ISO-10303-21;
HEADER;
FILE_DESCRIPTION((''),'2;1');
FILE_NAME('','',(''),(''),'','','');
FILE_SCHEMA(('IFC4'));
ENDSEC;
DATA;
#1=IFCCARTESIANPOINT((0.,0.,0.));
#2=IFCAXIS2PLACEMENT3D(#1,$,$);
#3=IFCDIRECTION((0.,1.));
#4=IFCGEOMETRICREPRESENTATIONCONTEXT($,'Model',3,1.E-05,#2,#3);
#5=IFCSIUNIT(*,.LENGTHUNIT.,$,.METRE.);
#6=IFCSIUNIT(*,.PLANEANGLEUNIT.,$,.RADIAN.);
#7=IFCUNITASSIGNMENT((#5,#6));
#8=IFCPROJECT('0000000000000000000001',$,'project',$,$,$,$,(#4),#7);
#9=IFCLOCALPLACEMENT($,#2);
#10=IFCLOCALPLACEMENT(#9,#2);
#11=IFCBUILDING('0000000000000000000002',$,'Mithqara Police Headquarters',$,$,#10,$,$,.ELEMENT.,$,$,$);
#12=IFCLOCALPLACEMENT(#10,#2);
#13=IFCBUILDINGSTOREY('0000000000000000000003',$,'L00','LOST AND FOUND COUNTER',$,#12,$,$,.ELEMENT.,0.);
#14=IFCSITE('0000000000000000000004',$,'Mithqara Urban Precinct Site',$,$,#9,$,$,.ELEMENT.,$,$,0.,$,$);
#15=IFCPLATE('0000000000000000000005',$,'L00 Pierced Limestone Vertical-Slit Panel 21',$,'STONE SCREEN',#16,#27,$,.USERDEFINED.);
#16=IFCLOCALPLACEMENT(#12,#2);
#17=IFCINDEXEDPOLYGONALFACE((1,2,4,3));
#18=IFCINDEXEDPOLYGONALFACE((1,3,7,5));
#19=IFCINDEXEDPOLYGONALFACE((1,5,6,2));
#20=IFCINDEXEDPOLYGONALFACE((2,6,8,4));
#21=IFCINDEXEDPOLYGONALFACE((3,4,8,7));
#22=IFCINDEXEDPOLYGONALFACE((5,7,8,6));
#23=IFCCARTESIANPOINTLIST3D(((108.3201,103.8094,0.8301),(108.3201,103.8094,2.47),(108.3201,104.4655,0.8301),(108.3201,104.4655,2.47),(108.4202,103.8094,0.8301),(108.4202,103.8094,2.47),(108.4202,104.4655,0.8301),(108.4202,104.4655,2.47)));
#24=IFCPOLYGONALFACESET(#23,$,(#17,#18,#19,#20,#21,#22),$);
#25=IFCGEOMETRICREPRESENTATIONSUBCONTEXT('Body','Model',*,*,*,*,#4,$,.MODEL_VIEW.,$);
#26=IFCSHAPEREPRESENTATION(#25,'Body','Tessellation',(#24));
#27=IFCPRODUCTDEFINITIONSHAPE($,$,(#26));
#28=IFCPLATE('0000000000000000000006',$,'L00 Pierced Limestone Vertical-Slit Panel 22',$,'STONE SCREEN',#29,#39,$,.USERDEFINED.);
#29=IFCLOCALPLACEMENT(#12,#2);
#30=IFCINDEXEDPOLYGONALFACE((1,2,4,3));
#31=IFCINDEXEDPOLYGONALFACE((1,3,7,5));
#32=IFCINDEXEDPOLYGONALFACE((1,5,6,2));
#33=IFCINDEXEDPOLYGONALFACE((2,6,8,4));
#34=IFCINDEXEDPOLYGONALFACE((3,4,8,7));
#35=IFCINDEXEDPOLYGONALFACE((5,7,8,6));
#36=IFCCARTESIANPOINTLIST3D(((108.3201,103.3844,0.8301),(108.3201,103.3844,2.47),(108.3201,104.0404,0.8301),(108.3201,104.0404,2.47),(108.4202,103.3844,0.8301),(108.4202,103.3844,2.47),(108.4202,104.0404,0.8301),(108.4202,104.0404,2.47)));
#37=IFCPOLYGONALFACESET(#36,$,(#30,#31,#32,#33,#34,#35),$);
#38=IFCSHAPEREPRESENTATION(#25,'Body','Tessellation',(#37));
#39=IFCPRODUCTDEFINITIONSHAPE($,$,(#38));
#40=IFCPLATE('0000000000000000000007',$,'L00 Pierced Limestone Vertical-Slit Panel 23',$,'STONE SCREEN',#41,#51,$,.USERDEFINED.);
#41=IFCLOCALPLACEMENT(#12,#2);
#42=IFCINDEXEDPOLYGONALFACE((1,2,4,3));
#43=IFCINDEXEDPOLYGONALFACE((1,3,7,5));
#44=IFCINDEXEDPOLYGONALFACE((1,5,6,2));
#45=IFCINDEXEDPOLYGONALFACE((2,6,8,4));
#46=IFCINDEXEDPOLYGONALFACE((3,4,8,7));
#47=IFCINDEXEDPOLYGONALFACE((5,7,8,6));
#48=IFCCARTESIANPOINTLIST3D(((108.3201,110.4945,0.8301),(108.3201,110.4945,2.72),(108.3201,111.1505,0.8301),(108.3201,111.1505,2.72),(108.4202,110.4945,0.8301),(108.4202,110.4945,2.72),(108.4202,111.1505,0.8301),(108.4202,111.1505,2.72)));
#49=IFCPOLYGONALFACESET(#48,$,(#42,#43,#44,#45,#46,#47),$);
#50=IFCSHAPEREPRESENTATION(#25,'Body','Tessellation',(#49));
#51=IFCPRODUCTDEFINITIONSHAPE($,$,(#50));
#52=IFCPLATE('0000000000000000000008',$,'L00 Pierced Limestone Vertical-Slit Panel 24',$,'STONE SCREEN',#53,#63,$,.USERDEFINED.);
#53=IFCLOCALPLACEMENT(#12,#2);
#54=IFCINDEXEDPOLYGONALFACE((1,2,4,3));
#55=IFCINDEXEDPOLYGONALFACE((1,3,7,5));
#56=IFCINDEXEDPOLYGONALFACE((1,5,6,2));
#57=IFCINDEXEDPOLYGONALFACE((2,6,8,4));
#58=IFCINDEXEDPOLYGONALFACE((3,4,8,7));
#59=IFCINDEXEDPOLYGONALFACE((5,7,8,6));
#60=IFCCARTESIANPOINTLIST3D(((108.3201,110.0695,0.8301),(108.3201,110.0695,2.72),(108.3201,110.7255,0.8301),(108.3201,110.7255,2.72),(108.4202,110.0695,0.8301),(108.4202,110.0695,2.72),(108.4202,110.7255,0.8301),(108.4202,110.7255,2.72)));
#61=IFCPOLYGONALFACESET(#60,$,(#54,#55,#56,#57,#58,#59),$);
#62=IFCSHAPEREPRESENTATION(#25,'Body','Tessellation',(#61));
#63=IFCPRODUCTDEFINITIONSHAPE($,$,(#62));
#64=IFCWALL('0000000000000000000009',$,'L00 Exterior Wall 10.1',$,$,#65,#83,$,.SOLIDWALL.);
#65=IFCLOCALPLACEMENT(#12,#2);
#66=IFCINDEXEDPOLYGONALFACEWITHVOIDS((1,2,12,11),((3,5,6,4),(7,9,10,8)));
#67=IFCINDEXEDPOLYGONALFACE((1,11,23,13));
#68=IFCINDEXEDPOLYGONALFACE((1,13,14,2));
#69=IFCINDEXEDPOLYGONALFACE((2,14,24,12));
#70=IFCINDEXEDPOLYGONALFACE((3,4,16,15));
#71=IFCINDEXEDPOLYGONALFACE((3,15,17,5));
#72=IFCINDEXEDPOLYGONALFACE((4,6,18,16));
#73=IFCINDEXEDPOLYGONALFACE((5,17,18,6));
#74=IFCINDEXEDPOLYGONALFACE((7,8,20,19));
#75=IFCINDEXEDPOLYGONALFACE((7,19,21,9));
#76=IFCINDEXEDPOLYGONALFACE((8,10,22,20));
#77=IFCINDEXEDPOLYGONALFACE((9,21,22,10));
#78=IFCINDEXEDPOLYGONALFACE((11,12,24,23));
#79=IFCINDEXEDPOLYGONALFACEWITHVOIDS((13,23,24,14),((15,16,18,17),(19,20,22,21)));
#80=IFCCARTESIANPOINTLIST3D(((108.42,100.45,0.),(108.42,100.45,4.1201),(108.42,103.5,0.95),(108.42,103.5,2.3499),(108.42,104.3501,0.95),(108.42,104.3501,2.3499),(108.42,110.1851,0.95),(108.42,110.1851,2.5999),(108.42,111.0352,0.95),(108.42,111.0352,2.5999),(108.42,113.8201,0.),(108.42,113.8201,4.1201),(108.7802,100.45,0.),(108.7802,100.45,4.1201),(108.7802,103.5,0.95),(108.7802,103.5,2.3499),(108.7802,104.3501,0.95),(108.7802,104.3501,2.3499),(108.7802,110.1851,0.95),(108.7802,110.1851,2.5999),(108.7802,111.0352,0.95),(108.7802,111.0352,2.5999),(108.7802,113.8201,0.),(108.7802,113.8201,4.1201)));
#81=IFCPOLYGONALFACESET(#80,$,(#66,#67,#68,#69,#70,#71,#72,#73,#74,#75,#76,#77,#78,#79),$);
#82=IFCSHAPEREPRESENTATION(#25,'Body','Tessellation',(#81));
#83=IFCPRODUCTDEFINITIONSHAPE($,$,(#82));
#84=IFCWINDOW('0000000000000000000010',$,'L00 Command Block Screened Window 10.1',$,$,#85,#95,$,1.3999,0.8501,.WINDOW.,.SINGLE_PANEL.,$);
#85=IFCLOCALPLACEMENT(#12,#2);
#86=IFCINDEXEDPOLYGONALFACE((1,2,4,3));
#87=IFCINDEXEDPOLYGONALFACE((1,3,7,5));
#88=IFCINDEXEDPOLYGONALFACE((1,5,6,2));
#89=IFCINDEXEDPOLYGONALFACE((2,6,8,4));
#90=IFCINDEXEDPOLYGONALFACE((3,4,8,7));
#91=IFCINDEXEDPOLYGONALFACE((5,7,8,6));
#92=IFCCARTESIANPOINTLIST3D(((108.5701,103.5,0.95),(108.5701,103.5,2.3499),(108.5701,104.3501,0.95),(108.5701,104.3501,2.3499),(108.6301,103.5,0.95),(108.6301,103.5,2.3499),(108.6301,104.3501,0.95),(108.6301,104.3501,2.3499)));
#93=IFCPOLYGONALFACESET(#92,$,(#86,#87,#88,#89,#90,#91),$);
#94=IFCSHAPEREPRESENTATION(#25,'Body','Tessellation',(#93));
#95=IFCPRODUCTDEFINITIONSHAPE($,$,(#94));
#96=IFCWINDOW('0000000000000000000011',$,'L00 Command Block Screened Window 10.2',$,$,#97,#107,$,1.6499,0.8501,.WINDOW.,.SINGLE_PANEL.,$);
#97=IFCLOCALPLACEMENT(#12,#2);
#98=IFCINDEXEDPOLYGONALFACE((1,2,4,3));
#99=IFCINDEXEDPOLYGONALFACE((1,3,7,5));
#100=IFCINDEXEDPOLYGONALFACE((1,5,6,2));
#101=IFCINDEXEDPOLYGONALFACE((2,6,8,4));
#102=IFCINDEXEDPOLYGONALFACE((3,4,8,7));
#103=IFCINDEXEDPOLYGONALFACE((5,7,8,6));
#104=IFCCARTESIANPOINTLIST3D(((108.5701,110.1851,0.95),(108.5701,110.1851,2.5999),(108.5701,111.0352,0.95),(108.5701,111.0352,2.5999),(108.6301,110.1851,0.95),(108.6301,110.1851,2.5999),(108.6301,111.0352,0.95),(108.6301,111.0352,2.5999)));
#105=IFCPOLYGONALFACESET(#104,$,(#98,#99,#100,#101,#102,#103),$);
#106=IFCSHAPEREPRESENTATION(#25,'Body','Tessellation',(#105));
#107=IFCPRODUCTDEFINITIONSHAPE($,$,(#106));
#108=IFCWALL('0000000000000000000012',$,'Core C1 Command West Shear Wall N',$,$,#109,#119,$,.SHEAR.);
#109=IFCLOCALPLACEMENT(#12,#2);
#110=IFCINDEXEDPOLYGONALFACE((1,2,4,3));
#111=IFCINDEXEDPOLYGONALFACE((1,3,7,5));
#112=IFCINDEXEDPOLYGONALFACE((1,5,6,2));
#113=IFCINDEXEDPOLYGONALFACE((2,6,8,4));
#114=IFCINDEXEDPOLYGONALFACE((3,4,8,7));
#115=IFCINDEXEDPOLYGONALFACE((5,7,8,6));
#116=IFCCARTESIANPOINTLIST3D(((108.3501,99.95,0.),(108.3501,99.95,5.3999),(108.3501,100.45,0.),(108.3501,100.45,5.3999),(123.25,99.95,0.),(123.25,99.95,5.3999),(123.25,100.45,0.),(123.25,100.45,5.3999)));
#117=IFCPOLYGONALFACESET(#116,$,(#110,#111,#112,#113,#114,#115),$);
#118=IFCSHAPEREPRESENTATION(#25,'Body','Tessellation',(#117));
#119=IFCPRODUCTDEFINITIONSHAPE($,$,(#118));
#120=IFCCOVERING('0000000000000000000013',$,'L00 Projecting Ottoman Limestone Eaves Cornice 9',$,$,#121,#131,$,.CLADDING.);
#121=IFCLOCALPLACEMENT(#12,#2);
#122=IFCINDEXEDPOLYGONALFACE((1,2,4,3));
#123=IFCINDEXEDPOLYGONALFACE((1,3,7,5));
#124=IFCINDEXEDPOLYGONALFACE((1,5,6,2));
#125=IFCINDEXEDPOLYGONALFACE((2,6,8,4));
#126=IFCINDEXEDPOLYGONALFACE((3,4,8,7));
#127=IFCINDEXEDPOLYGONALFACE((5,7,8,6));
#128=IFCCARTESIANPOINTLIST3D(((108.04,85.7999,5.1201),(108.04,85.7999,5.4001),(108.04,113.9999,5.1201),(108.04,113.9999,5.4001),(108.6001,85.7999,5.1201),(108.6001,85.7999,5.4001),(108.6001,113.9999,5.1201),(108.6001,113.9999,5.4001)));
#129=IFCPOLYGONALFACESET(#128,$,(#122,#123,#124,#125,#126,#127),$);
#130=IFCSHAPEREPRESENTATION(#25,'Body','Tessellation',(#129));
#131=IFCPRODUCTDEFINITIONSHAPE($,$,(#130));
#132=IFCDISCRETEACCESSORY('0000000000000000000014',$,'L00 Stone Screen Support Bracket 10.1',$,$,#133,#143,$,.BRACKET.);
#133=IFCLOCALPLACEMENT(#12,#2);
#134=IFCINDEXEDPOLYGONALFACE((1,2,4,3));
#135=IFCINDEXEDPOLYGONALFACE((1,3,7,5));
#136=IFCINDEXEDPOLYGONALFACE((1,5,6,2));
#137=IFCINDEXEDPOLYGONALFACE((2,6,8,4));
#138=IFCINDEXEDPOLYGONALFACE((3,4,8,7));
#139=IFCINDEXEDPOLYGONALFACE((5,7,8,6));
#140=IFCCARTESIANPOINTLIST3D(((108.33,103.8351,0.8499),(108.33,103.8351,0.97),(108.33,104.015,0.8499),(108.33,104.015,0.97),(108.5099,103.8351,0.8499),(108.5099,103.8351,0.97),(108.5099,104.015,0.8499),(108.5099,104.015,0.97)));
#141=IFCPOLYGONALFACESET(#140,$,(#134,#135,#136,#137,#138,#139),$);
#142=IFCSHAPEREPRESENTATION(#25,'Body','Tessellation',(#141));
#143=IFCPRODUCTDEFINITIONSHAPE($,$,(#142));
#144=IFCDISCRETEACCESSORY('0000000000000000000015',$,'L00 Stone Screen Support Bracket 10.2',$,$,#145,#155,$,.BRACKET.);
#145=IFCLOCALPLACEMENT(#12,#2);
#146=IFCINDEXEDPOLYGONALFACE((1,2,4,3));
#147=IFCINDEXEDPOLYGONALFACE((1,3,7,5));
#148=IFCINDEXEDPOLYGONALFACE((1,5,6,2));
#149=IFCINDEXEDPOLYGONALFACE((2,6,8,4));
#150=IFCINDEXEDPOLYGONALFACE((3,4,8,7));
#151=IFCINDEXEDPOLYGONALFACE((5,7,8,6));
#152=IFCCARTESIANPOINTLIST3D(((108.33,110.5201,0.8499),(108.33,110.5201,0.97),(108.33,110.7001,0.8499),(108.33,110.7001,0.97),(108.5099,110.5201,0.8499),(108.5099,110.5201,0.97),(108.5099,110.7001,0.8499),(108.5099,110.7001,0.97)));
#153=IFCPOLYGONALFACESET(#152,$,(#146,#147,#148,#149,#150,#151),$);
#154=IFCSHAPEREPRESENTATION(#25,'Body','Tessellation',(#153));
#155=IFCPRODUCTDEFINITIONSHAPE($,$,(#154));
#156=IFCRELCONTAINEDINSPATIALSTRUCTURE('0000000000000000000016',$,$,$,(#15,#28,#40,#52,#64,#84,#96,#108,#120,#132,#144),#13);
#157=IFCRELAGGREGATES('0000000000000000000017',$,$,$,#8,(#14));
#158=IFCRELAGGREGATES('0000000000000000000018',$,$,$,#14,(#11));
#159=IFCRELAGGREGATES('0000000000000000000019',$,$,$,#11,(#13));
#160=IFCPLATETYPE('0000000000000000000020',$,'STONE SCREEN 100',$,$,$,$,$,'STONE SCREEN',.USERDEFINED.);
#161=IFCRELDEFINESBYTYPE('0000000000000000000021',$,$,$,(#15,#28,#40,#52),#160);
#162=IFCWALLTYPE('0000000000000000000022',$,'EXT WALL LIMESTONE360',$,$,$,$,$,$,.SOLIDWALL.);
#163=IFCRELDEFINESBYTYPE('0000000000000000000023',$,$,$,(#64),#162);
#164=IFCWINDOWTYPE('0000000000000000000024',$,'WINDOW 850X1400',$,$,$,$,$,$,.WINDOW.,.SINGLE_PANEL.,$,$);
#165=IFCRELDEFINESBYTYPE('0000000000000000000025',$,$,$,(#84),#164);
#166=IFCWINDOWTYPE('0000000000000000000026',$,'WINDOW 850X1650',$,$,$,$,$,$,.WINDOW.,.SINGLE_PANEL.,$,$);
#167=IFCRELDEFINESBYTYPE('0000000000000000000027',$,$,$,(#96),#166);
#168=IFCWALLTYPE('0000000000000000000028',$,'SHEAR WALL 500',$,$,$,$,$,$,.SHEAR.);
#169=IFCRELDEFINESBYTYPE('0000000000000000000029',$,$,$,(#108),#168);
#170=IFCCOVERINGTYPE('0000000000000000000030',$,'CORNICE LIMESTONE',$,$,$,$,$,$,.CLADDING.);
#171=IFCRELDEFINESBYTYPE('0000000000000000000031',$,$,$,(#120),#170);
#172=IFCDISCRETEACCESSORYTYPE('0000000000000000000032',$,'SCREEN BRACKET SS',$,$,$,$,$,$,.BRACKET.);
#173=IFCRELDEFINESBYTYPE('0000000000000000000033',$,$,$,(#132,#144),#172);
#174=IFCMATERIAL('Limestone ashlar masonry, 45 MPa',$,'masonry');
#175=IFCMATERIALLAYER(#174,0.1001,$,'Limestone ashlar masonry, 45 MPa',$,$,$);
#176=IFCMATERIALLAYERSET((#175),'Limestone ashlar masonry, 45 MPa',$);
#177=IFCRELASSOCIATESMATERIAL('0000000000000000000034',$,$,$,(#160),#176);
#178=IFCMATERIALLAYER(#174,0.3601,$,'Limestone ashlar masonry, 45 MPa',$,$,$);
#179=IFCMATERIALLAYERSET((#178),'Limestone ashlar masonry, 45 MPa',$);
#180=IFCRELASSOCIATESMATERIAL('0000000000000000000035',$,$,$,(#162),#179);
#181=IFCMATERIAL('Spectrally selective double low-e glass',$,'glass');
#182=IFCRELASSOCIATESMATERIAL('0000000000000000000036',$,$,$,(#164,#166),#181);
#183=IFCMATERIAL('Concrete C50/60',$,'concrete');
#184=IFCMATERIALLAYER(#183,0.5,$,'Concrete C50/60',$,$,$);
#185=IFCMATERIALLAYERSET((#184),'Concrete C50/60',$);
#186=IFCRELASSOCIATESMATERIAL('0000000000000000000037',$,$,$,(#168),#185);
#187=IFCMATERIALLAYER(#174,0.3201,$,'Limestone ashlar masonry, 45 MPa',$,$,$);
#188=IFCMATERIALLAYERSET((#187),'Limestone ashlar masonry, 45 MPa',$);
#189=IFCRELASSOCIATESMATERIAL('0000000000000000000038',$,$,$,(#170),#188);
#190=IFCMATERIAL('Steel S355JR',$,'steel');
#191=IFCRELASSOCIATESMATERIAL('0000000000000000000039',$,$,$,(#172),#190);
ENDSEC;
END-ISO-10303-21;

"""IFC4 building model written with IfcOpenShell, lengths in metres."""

from ifc_helpers import new_model, si_unit, direction, frame, frame_2d, origin, origin_2d, place, context, subcontext, project, spatial, rectangle, extrude, material, layer, layer_set, type_object, element, fill, save


model = new_model("IFC4")

# Units and contexts
model_context = context("Model", 3, precision=1e-05, world=origin(), true_north=direction((0.0, 1.0)))
body_context = subcontext(model_context, "Body", "Model", "MODEL_VIEW")
ifc_project = project(units=[si_unit("LENGTHUNIT", "METRE"), si_unit("PLANEANGLEUNIT", "RADIAN")], contexts=[model_context])

# Site, building, storey
site_placement = place(None, origin())
site = spatial("IfcSite", under=ifc_project, at=site_placement, Name="Mithqara Urban Precinct Site", CompositionType="ELEMENT", RefElevation=0.0)
building_placement = place(site_placement, origin())
building = spatial("IfcBuilding", under=site, at=building_placement, Name="Mithqara Police Headquarters", CompositionType="ELEMENT")
storey_placement = place(building_placement, origin())
storey = spatial("IfcBuildingStorey", under=building, at=storey_placement, Name="L00", Description="LOST AND FOUND COUNTER", CompositionType="ELEMENT", Elevation=0.0)

# Shared definitions
ifc_material_1 = material(Name="Concrete C50/60", Category="concrete")

# Shared definitions
ifc_material_2 = material(Name="Spectrally selective double low-e glass", Category="glass")

# Plates
ifc_material_3 = material(Name="Limestone ashlar masonry, 45 MPa", Category="masonry")
ifc_layer_1 = layer(ifc_material_3, 0.1001, Name="Limestone ashlar masonry, 45 MPa")
ifc_layer_set_1 = layer_set([ifc_layer_1], Name="Limestone ashlar masonry, 45 MPa")
plate_type_1 = type_object("IfcPlateType", Name="STONE SCREEN 100", ElementType="STONE SCREEN", PredefinedType="USERDEFINED", material=ifc_layer_set_1)
for number, where, z_axis, x_axis, name in (
    (1, (108.3701, 104.1375, 0.8301), (0.0, 0.0, 1.0), (0.0, 1.0, 0.0), "L00 Pierced Limestone Vertical-Slit Panel 21"),
    (2, (108.3701, 103.7124, 0.8301), (0.0, 0.0, 1.0), (0.0, 1.0, 0.0), "L00 Pierced Limestone Vertical-Slit Panel 22"),
):
    element("IfcPlate", number, at=place(storey_placement, frame(where, z_axis=z_axis, x_axis=x_axis)), inside=storey, type_object=plate_type_1, Name=name, ObjectType="STONE SCREEN", PredefinedType="USERDEFINED", context=body_context, shape_type="SweptSolid", body=[
        extrude(rectangle(XDim=0.656, YDim=0.1001, at=origin_2d()), origin(), (0.0, 0.0, 1.0), 1.6399),
    ])
for number, where, z_axis, x_axis, name in (
    (3, (108.3701, 110.8225, 0.8301), (0.0, 0.0, 1.0), (0.0, 1.0, 0.0), "L00 Pierced Limestone Vertical-Slit Panel 23"),
    (4, (108.3701, 110.3975, 0.8301), (0.0, 0.0, 1.0), (0.0, 1.0, 0.0), "L00 Pierced Limestone Vertical-Slit Panel 24"),
):
    element("IfcPlate", number, at=place(storey_placement, frame(where, z_axis=z_axis, x_axis=x_axis)), inside=storey, type_object=plate_type_1, Name=name, ObjectType="STONE SCREEN", PredefinedType="USERDEFINED", context=body_context, shape_type="SweptSolid", body=[
        extrude(rectangle(XDim=0.656, YDim=0.1001, at=origin_2d()), origin(), (0.0, 0.0, 1.0), 1.8899),
    ])

# Wall, openings, windows
ifc_layer_2 = layer(ifc_material_3, 0.3601, Name="Limestone ashlar masonry, 45 MPa")
ifc_layer_set_2 = layer_set([ifc_layer_2], Name="Limestone ashlar masonry, 45 MPa")
wall_type_1 = type_object("IfcWallType", Name="EXT WALL LIMESTONE360", PredefinedType="SOLIDWALL", material=ifc_layer_set_2)
wall_1_placement = place(storey_placement, frame((108.6001, 113.8201, 0.0), z_axis=(0.0, 0.0, 1.0), x_axis=(0.0, -1.0, 0.0)))
wall_1 = element("IfcWall", 5, at=wall_1_placement, inside=storey, type_object=wall_type_1, Name="L00 Exterior Wall 10.1", PredefinedType="SOLIDWALL", context=body_context, shape_type="SweptSolid", body=[
    extrude(rectangle(XDim=13.3701, YDim=0.3601, at=frame_2d((6.6851, 0.0))), origin(), (0.0, 0.0, 1.0), 4.1201),
])
opening_1_placement = place(wall_1_placement, frame((9.47, 0.0, 0.95)))
opening_1 = element("IfcOpeningElement", 6, at=opening_1_placement, cuts=wall_1, PredefinedType="OPENING", context=body_context, shape_type="SweptSolid", body=[
    extrude(rectangle(XDim=0.8501, YDim=1.3999, at=frame_2d((0.425, 0.7))), frame((0.0, 0.1899, 0.0), z_axis=(0.0, -1.0, 0.0), x_axis=(1.0, 0.0, 0.0)), (0.0, 0.0, 1.0), 0.3801),
])
opening_2_placement = place(wall_1_placement, frame((2.7849, 0.0, 0.95)))
opening_2 = element("IfcOpeningElement", 7, at=opening_2_placement, cuts=wall_1, PredefinedType="OPENING", context=body_context, shape_type="SweptSolid", body=[
    extrude(rectangle(XDim=0.8501, YDim=1.6499, at=frame_2d((0.425, 0.825))), frame((0.0, 0.1899, 0.0), z_axis=(0.0, -1.0, 0.0), x_axis=(1.0, 0.0, 0.0)), (0.0, 0.0, 1.0), 0.3801),
])
window_type_1 = type_object("IfcWindowType", Name="WINDOW 850X1400", PartitioningType="SINGLE_PANEL", PredefinedType="WINDOW", material=ifc_material_2)
window_1_placement = place(opening_1_placement, origin())
window_1 = element("IfcWindow", 8, at=window_1_placement, inside=storey, type_object=window_type_1, Name="L00 Command Block Screened Window 10.1", OverallHeight=1.3999, OverallWidth=0.8501, PartitioningType="SINGLE_PANEL", PredefinedType="WINDOW", context=body_context, shape_type="SweptSolid", body=[
    extrude(rectangle(XDim=0.8501, YDim=1.3999, at=frame_2d((0.425, 0.7))), frame((0.0, 0.03, 0.0), z_axis=(0.0, -1.0, 0.0), x_axis=(1.0, 0.0, 0.0)), (0.0, 0.0, 1.0), 0.0601),
])
fill(opening_1, window_1)
window_type_2 = type_object("IfcWindowType", Name="WINDOW 850X1650", PartitioningType="SINGLE_PANEL", PredefinedType="WINDOW", material=ifc_material_2)
window_2_placement = place(opening_2_placement, origin())
window_2 = element("IfcWindow", 9, at=window_2_placement, inside=storey, type_object=window_type_2, Name="L00 Command Block Screened Window 10.2", OverallHeight=1.6499, OverallWidth=0.8501, PartitioningType="SINGLE_PANEL", PredefinedType="WINDOW", context=body_context, shape_type="SweptSolid", body=[
    extrude(rectangle(XDim=0.8501, YDim=1.6499, at=frame_2d((0.425, 0.825))), frame((0.0, 0.03, 0.0), z_axis=(0.0, -1.0, 0.0), x_axis=(1.0, 0.0, 0.0)), (0.0, 0.0, 1.0), 0.0601),
])
fill(opening_2, window_2)

# Wall
ifc_layer_3 = layer(ifc_material_1, 0.5, Name="Concrete C50/60")
ifc_layer_set_3 = layer_set([ifc_layer_3], Name="Concrete C50/60")
wall_type_2 = type_object("IfcWallType", Name="SHEAR WALL 500", PredefinedType="SHEAR", material=ifc_layer_set_3)
wall_2_placement = place(storey_placement, frame((108.3501, 100.2, 0.0), z_axis=(0.0, 0.0, 1.0), x_axis=(1.0, 0.0, 0.0)))
element("IfcWall", 10, at=wall_2_placement, inside=storey, type_object=wall_type_2, Name="Core C1 Command West Shear Wall N", PredefinedType="SHEAR", context=body_context, shape_type="SweptSolid", body=[
    extrude(rectangle(XDim=14.8999, YDim=0.5, at=frame_2d((7.45, 0.0))), origin(), (0.0, 0.0, 1.0), 5.3999),
])

# Covering
ifc_layer_4 = layer(ifc_material_3, 0.3201, Name="Limestone ashlar masonry, 45 MPa")
ifc_layer_set_4 = layer_set([ifc_layer_4], Name="Limestone ashlar masonry, 45 MPa")
covering_type = type_object("IfcCoveringType", Name="CORNICE LIMESTONE", PredefinedType="CLADDING", material=ifc_layer_set_4)
covering_placement = place(storey_placement, frame((108.3201, 99.8999, 5.1201), z_axis=(0.0, 0.0, 1.0), x_axis=(0.0, 1.0, 0.0)))
element("IfcCovering", 11, at=covering_placement, inside=storey, type_object=covering_type, Name="L00 Projecting Ottoman Limestone Eaves Cornice 9", PredefinedType="CLADDING", context=body_context, shape_type="SweptSolid", body=[
    extrude(rectangle(XDim=28.2, YDim=0.5601, at=origin_2d()), origin(), (0.0, 0.0, 1.0), 0.28),
])

# Discrete accessories
ifc_material_4 = material(Name="Steel S355JR", Category="steel")
discrete_accessory_type = type_object("IfcDiscreteAccessoryType", Name="SCREEN BRACKET SS", PredefinedType="BRACKET", material=ifc_material_4)
for number, where, z_axis, x_axis, name in (
    (12, (108.4199, 103.925, 0.8499), (0.0, 0.0, 1.0), (0.0, 1.0, 0.0), "L00 Stone Screen Support Bracket 10.1"),
    (13, (108.4199, 110.6101, 0.8499), (0.0, 0.0, 1.0), (0.0, 1.0, 0.0), "L00 Stone Screen Support Bracket 10.2"),
):
    element("IfcDiscreteAccessory", number, at=place(storey_placement, frame(where, z_axis=z_axis, x_axis=x_axis)), inside=storey, type_object=discrete_accessory_type, Name=name, PredefinedType="BRACKET", context=body_context, shape_type="SweptSolid", body=[
        extrude(rectangle(XDim=0.1799, YDim=0.1799, at=origin_2d()), origin(), (0.0, 0.0, 1.0), 0.1201),
    ])

save(model, "model.ifc")
